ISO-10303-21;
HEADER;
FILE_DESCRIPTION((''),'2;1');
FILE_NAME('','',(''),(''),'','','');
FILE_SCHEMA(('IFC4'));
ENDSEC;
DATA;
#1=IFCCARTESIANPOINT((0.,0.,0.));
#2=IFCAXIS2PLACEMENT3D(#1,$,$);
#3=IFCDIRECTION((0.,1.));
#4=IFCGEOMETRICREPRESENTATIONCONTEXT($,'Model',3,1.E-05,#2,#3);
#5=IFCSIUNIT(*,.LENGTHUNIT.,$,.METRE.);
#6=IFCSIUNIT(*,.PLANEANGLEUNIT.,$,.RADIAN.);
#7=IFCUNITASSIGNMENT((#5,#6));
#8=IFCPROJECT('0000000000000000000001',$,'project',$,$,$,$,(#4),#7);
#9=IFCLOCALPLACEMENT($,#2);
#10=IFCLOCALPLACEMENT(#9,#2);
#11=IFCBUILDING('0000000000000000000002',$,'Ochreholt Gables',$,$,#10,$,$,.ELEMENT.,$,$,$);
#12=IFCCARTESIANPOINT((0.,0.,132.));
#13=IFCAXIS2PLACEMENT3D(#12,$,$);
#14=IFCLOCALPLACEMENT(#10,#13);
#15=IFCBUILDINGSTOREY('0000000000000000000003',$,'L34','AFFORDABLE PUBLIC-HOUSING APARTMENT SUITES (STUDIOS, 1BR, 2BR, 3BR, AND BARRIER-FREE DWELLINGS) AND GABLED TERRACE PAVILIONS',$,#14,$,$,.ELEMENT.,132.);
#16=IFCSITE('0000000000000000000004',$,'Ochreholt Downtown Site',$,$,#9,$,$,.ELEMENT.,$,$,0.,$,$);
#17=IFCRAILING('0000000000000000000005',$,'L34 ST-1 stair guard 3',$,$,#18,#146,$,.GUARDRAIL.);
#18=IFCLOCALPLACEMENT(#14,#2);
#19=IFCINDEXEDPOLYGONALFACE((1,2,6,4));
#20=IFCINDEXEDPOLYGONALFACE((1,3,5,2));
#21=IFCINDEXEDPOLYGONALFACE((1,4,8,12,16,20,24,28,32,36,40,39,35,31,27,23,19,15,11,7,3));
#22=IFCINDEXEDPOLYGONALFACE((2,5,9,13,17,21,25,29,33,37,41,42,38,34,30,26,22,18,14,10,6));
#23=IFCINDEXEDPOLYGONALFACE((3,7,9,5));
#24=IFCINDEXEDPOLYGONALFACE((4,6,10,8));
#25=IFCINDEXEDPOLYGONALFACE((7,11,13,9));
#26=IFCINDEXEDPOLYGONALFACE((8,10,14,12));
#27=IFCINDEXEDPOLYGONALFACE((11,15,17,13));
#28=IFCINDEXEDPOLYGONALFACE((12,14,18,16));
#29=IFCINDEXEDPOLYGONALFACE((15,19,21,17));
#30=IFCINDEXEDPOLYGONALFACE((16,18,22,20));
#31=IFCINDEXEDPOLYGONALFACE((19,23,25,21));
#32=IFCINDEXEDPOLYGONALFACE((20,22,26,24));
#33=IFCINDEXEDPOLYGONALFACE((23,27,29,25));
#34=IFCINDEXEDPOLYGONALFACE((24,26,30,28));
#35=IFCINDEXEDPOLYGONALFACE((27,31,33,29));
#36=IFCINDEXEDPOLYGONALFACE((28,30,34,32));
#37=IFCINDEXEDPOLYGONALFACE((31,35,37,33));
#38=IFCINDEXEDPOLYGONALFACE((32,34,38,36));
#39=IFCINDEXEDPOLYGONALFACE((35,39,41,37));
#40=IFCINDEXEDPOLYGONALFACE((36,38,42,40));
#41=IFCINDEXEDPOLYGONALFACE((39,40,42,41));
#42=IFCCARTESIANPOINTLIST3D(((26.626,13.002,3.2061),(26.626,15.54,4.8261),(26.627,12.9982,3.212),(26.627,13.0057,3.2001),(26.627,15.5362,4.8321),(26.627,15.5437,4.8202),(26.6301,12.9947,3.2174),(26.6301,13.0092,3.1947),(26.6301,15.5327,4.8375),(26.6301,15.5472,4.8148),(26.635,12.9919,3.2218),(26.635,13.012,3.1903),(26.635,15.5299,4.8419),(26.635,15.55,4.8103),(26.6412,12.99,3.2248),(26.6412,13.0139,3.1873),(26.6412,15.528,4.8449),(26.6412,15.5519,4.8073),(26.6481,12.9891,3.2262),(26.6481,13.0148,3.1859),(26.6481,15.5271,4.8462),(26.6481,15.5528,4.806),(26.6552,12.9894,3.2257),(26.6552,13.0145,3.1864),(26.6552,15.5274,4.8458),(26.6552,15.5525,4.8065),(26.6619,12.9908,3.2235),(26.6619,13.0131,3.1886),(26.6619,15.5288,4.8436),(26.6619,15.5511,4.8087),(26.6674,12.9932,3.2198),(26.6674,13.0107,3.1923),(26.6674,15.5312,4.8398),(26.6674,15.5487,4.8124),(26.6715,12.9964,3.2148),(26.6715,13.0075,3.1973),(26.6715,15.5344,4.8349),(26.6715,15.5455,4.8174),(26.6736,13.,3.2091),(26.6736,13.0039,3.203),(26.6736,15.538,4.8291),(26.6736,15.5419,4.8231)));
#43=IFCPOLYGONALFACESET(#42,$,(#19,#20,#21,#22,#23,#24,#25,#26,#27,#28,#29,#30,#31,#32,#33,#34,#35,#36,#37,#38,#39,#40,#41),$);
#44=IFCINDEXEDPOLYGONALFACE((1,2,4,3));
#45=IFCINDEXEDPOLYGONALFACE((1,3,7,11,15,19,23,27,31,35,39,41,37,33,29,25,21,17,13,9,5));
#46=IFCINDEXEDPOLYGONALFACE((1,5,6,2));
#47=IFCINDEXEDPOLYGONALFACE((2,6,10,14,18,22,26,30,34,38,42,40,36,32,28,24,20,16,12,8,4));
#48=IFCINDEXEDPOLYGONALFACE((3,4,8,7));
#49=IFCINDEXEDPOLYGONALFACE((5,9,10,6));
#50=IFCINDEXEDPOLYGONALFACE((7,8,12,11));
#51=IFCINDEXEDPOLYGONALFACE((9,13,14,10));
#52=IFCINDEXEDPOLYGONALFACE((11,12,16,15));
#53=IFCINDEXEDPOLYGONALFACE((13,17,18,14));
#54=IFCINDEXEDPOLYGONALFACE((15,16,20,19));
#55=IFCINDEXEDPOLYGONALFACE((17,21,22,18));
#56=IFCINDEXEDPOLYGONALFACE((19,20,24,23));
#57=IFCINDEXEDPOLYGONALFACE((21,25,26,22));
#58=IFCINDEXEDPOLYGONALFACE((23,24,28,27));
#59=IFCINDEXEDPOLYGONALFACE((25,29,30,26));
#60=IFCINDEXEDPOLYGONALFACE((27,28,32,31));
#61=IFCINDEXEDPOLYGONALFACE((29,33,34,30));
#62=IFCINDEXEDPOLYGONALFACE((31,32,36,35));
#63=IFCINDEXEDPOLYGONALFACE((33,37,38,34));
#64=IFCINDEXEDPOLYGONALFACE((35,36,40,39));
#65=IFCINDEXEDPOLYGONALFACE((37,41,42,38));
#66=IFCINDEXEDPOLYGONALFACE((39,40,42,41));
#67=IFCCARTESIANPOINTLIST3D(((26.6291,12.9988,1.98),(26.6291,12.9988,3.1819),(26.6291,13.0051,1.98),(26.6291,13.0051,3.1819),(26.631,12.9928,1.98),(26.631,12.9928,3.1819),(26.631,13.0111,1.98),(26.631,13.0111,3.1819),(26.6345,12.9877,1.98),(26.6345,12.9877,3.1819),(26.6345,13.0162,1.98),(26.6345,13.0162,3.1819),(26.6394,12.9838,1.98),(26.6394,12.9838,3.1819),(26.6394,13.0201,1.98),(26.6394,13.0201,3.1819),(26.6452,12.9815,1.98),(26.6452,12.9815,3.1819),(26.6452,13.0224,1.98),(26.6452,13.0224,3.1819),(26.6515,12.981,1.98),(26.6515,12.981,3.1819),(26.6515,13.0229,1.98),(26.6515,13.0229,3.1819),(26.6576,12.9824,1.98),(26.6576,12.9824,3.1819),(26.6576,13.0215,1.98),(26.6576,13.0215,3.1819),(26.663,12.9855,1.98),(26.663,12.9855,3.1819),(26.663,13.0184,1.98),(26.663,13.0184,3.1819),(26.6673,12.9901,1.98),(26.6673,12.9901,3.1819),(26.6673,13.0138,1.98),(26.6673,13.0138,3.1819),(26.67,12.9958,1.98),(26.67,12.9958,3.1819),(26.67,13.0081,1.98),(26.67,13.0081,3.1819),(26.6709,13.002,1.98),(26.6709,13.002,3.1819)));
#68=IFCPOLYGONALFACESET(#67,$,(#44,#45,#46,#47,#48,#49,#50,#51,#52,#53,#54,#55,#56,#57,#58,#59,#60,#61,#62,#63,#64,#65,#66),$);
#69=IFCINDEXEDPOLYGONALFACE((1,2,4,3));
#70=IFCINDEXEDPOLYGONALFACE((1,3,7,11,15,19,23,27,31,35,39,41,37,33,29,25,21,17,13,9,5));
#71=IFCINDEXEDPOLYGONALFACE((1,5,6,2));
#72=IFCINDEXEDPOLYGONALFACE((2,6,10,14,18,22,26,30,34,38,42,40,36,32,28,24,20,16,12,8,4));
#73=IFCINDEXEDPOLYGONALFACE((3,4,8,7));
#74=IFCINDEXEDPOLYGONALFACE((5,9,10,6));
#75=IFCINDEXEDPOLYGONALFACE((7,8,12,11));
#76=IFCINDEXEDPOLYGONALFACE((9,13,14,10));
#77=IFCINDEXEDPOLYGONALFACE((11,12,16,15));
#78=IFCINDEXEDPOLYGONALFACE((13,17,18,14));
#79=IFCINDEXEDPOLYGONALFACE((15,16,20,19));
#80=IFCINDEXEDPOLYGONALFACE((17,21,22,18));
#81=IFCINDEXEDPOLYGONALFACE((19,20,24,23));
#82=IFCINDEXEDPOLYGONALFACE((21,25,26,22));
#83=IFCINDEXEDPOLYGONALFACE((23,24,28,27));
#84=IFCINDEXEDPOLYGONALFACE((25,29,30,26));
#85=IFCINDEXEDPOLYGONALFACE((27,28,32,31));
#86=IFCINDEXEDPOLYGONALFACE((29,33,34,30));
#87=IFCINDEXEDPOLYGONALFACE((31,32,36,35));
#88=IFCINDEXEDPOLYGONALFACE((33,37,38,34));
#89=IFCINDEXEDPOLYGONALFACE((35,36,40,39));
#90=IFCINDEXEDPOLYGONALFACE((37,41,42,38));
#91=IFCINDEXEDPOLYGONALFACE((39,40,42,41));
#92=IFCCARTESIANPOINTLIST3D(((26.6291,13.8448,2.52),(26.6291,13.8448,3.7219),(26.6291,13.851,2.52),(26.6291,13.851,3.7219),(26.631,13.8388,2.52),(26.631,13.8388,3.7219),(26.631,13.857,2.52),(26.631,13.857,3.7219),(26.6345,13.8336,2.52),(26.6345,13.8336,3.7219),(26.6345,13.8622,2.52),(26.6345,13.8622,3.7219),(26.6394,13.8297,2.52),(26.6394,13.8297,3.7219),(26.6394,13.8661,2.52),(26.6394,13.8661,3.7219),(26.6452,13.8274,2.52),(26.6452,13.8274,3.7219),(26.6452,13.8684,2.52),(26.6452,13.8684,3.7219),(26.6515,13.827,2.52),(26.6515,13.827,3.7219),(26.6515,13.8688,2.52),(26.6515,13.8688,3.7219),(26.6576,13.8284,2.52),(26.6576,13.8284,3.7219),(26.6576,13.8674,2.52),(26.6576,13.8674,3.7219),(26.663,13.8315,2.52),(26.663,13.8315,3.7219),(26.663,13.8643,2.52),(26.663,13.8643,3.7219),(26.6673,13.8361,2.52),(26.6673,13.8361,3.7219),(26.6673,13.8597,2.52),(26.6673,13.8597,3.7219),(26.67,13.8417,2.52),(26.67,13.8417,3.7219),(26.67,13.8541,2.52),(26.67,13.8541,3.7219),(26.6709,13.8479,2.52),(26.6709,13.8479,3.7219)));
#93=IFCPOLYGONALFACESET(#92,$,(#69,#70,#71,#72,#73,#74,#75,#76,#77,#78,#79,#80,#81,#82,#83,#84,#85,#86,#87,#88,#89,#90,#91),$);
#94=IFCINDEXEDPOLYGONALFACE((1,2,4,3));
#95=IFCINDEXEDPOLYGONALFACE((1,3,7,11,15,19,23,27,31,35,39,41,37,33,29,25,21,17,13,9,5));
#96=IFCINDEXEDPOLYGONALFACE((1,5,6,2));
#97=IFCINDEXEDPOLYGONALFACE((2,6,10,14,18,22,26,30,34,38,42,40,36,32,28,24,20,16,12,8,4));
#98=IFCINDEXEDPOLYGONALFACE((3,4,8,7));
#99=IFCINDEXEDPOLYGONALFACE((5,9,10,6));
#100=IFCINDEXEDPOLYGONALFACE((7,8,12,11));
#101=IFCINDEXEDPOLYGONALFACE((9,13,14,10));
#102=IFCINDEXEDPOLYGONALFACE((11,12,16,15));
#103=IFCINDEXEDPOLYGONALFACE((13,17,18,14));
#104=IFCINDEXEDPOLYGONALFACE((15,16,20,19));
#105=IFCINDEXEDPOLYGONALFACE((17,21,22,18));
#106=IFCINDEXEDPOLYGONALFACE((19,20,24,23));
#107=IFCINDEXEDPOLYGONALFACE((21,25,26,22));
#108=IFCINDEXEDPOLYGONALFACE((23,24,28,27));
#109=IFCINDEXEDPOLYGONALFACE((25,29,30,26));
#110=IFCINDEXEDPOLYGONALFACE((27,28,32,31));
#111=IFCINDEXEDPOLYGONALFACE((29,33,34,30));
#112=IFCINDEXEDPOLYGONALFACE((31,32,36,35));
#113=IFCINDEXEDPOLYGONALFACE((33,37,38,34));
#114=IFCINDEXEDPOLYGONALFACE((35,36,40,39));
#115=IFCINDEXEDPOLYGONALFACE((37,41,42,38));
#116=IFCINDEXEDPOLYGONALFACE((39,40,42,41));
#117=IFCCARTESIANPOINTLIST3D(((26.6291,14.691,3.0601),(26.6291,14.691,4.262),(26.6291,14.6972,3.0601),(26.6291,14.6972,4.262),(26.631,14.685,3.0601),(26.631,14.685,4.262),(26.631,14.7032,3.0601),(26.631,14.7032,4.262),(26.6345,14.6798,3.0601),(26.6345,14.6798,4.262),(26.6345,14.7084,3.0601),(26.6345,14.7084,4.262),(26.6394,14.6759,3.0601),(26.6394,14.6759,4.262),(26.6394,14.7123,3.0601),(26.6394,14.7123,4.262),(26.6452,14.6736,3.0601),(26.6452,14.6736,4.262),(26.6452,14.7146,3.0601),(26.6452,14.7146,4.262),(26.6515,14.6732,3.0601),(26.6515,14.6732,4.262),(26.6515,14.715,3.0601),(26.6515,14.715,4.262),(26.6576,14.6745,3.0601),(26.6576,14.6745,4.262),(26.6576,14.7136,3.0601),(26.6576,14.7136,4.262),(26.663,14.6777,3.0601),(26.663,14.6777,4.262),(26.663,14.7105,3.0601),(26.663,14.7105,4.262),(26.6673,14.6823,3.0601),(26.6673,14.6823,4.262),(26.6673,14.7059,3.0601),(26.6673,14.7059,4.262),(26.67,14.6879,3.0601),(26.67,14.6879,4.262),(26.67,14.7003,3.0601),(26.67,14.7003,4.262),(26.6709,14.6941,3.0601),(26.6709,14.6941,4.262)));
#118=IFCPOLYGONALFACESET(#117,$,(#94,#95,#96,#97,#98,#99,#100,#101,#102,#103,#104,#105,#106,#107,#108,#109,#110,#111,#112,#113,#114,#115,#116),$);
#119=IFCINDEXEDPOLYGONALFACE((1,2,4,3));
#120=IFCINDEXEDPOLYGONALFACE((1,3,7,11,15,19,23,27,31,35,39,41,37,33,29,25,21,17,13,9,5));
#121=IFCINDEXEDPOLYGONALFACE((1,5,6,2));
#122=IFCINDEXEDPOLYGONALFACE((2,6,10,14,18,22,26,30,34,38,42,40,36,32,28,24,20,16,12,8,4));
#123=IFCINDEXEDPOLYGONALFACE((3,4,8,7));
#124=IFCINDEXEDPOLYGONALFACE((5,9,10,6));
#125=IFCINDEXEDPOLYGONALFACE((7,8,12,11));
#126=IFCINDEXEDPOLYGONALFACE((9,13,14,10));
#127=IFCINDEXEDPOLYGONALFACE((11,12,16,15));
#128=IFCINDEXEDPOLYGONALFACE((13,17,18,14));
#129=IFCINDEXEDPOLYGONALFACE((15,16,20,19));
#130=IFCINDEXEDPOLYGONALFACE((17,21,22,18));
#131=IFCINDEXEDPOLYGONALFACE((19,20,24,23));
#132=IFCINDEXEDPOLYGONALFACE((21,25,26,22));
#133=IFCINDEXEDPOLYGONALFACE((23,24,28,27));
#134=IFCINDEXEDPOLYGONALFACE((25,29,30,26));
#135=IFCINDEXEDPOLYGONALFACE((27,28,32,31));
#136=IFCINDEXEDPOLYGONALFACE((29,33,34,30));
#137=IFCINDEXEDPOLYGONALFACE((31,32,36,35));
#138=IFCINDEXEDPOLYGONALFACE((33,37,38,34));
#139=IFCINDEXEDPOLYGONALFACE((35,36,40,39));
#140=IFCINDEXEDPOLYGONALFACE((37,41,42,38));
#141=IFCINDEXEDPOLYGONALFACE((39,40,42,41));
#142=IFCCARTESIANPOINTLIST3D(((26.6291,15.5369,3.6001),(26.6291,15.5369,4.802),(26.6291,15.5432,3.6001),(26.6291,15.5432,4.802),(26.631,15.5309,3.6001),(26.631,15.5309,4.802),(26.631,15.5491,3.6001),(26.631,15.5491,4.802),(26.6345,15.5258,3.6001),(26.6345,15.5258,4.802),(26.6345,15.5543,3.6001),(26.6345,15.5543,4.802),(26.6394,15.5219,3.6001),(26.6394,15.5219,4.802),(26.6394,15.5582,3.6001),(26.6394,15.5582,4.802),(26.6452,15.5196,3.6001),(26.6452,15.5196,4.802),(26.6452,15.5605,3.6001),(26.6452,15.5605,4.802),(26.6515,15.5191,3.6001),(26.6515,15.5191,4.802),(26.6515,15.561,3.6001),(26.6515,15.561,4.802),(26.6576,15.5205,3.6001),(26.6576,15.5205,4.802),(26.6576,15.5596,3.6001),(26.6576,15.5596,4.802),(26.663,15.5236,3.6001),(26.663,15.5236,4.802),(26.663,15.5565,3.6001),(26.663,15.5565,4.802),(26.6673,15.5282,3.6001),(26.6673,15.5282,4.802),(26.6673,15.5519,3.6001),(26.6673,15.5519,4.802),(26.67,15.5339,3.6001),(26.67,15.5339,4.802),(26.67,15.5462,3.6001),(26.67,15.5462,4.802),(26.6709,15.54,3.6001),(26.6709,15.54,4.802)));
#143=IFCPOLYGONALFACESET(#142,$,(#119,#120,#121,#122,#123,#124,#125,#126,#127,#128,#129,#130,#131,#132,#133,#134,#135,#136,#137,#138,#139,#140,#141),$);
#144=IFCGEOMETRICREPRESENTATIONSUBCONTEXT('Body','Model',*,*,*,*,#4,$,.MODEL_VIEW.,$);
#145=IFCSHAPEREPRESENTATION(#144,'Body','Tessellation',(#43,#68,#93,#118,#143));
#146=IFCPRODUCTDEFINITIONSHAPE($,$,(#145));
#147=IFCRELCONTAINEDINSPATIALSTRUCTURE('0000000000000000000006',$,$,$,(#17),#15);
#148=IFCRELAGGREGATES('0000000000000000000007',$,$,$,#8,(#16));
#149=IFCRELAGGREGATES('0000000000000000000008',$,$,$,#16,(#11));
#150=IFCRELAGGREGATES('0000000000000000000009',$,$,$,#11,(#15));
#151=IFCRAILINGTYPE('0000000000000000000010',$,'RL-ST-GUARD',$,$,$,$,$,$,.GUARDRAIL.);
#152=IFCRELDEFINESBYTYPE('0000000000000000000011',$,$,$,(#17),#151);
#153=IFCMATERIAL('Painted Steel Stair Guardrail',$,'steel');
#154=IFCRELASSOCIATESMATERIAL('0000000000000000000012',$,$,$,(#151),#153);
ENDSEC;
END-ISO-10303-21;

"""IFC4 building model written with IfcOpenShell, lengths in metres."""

from ifc_helpers import new_model, si_unit, direction, frame, origin, origin_2d, place, context, subcontext, project, spatial, circle, extrude, material, type_object, element, save


model = new_model("IFC4")

# Units and contexts
model_context = context("Model", 3, precision=1e-05, world=origin(), true_north=direction((0.0, 1.0)))
body_context = subcontext(model_context, "Body", "Model", "MODEL_VIEW")
ifc_project = project(units=[si_unit("LENGTHUNIT", "METRE"), si_unit("PLANEANGLEUNIT", "RADIAN")], contexts=[model_context])

# Site, building, storey
site_placement = place(None, origin())
site = spatial("IfcSite", under=ifc_project, at=site_placement, Name="Ochreholt Downtown Site", CompositionType="ELEMENT", RefElevation=0.0)
building_placement = place(site_placement, origin())
building = spatial("IfcBuilding", under=site, at=building_placement, Name="Ochreholt Gables", CompositionType="ELEMENT")
storey_placement = place(building_placement, frame((0.0, 0.0, 132.0)))
storey = spatial("IfcBuildingStorey", under=building, at=storey_placement, Name="L34", Description="AFFORDABLE PUBLIC-HOUSING APARTMENT SUITES (STUDIOS, 1BR, 2BR, 3BR, AND BARRIER-FREE DWELLINGS) AND GABLED TERRACE PAVILIONS", CompositionType="ELEMENT", Elevation=132.0)

# Railing
ifc_material_1 = material(Name="Painted Steel Stair Guardrail", Category="steel")
railing_type_1 = type_object("IfcRailingType", Name="RL-ST-GUARD", PredefinedType="GUARDRAIL", material=ifc_material_1)
railing_1_placement = place(storey_placement, frame((26.6499, 13.002, 1.98)))
element("IfcRailing", 1, at=railing_1_placement, inside=storey, type_object=railing_type_1, Name="L34 ST-1 stair guard 3", PredefinedType="GUARDRAIL", context=body_context, shape_type="SweptSolid", body=[
    extrude(circle(Radius=0.0239, at=origin_2d()), frame((0.0, 0.0, 1.2261), z_axis=(0.0, 0.842913, 0.53805), x_axis=(-1.0, 0.0, 0.0)), (0.0, 0.0, 1.0), 3.011),
    extrude(circle(Radius=0.021, at=origin_2d()), origin(), (0.0, 0.0, 1.0), 1.2019),
    extrude(circle(Radius=0.021, at=origin_2d()), frame((0.0, 0.8459, 0.54)), (0.0, 0.0, 1.0), 1.2019),
    extrude(circle(Radius=0.021, at=origin_2d()), frame((0.0, 1.6921, 1.0801)), (0.0, 0.0, 1.0), 1.2019),
    extrude(circle(Radius=0.021, at=origin_2d()), frame((0.0, 2.5381, 1.6201)), (0.0, 0.0, 1.0), 1.2019),
])

save(model, "model.ifc")
